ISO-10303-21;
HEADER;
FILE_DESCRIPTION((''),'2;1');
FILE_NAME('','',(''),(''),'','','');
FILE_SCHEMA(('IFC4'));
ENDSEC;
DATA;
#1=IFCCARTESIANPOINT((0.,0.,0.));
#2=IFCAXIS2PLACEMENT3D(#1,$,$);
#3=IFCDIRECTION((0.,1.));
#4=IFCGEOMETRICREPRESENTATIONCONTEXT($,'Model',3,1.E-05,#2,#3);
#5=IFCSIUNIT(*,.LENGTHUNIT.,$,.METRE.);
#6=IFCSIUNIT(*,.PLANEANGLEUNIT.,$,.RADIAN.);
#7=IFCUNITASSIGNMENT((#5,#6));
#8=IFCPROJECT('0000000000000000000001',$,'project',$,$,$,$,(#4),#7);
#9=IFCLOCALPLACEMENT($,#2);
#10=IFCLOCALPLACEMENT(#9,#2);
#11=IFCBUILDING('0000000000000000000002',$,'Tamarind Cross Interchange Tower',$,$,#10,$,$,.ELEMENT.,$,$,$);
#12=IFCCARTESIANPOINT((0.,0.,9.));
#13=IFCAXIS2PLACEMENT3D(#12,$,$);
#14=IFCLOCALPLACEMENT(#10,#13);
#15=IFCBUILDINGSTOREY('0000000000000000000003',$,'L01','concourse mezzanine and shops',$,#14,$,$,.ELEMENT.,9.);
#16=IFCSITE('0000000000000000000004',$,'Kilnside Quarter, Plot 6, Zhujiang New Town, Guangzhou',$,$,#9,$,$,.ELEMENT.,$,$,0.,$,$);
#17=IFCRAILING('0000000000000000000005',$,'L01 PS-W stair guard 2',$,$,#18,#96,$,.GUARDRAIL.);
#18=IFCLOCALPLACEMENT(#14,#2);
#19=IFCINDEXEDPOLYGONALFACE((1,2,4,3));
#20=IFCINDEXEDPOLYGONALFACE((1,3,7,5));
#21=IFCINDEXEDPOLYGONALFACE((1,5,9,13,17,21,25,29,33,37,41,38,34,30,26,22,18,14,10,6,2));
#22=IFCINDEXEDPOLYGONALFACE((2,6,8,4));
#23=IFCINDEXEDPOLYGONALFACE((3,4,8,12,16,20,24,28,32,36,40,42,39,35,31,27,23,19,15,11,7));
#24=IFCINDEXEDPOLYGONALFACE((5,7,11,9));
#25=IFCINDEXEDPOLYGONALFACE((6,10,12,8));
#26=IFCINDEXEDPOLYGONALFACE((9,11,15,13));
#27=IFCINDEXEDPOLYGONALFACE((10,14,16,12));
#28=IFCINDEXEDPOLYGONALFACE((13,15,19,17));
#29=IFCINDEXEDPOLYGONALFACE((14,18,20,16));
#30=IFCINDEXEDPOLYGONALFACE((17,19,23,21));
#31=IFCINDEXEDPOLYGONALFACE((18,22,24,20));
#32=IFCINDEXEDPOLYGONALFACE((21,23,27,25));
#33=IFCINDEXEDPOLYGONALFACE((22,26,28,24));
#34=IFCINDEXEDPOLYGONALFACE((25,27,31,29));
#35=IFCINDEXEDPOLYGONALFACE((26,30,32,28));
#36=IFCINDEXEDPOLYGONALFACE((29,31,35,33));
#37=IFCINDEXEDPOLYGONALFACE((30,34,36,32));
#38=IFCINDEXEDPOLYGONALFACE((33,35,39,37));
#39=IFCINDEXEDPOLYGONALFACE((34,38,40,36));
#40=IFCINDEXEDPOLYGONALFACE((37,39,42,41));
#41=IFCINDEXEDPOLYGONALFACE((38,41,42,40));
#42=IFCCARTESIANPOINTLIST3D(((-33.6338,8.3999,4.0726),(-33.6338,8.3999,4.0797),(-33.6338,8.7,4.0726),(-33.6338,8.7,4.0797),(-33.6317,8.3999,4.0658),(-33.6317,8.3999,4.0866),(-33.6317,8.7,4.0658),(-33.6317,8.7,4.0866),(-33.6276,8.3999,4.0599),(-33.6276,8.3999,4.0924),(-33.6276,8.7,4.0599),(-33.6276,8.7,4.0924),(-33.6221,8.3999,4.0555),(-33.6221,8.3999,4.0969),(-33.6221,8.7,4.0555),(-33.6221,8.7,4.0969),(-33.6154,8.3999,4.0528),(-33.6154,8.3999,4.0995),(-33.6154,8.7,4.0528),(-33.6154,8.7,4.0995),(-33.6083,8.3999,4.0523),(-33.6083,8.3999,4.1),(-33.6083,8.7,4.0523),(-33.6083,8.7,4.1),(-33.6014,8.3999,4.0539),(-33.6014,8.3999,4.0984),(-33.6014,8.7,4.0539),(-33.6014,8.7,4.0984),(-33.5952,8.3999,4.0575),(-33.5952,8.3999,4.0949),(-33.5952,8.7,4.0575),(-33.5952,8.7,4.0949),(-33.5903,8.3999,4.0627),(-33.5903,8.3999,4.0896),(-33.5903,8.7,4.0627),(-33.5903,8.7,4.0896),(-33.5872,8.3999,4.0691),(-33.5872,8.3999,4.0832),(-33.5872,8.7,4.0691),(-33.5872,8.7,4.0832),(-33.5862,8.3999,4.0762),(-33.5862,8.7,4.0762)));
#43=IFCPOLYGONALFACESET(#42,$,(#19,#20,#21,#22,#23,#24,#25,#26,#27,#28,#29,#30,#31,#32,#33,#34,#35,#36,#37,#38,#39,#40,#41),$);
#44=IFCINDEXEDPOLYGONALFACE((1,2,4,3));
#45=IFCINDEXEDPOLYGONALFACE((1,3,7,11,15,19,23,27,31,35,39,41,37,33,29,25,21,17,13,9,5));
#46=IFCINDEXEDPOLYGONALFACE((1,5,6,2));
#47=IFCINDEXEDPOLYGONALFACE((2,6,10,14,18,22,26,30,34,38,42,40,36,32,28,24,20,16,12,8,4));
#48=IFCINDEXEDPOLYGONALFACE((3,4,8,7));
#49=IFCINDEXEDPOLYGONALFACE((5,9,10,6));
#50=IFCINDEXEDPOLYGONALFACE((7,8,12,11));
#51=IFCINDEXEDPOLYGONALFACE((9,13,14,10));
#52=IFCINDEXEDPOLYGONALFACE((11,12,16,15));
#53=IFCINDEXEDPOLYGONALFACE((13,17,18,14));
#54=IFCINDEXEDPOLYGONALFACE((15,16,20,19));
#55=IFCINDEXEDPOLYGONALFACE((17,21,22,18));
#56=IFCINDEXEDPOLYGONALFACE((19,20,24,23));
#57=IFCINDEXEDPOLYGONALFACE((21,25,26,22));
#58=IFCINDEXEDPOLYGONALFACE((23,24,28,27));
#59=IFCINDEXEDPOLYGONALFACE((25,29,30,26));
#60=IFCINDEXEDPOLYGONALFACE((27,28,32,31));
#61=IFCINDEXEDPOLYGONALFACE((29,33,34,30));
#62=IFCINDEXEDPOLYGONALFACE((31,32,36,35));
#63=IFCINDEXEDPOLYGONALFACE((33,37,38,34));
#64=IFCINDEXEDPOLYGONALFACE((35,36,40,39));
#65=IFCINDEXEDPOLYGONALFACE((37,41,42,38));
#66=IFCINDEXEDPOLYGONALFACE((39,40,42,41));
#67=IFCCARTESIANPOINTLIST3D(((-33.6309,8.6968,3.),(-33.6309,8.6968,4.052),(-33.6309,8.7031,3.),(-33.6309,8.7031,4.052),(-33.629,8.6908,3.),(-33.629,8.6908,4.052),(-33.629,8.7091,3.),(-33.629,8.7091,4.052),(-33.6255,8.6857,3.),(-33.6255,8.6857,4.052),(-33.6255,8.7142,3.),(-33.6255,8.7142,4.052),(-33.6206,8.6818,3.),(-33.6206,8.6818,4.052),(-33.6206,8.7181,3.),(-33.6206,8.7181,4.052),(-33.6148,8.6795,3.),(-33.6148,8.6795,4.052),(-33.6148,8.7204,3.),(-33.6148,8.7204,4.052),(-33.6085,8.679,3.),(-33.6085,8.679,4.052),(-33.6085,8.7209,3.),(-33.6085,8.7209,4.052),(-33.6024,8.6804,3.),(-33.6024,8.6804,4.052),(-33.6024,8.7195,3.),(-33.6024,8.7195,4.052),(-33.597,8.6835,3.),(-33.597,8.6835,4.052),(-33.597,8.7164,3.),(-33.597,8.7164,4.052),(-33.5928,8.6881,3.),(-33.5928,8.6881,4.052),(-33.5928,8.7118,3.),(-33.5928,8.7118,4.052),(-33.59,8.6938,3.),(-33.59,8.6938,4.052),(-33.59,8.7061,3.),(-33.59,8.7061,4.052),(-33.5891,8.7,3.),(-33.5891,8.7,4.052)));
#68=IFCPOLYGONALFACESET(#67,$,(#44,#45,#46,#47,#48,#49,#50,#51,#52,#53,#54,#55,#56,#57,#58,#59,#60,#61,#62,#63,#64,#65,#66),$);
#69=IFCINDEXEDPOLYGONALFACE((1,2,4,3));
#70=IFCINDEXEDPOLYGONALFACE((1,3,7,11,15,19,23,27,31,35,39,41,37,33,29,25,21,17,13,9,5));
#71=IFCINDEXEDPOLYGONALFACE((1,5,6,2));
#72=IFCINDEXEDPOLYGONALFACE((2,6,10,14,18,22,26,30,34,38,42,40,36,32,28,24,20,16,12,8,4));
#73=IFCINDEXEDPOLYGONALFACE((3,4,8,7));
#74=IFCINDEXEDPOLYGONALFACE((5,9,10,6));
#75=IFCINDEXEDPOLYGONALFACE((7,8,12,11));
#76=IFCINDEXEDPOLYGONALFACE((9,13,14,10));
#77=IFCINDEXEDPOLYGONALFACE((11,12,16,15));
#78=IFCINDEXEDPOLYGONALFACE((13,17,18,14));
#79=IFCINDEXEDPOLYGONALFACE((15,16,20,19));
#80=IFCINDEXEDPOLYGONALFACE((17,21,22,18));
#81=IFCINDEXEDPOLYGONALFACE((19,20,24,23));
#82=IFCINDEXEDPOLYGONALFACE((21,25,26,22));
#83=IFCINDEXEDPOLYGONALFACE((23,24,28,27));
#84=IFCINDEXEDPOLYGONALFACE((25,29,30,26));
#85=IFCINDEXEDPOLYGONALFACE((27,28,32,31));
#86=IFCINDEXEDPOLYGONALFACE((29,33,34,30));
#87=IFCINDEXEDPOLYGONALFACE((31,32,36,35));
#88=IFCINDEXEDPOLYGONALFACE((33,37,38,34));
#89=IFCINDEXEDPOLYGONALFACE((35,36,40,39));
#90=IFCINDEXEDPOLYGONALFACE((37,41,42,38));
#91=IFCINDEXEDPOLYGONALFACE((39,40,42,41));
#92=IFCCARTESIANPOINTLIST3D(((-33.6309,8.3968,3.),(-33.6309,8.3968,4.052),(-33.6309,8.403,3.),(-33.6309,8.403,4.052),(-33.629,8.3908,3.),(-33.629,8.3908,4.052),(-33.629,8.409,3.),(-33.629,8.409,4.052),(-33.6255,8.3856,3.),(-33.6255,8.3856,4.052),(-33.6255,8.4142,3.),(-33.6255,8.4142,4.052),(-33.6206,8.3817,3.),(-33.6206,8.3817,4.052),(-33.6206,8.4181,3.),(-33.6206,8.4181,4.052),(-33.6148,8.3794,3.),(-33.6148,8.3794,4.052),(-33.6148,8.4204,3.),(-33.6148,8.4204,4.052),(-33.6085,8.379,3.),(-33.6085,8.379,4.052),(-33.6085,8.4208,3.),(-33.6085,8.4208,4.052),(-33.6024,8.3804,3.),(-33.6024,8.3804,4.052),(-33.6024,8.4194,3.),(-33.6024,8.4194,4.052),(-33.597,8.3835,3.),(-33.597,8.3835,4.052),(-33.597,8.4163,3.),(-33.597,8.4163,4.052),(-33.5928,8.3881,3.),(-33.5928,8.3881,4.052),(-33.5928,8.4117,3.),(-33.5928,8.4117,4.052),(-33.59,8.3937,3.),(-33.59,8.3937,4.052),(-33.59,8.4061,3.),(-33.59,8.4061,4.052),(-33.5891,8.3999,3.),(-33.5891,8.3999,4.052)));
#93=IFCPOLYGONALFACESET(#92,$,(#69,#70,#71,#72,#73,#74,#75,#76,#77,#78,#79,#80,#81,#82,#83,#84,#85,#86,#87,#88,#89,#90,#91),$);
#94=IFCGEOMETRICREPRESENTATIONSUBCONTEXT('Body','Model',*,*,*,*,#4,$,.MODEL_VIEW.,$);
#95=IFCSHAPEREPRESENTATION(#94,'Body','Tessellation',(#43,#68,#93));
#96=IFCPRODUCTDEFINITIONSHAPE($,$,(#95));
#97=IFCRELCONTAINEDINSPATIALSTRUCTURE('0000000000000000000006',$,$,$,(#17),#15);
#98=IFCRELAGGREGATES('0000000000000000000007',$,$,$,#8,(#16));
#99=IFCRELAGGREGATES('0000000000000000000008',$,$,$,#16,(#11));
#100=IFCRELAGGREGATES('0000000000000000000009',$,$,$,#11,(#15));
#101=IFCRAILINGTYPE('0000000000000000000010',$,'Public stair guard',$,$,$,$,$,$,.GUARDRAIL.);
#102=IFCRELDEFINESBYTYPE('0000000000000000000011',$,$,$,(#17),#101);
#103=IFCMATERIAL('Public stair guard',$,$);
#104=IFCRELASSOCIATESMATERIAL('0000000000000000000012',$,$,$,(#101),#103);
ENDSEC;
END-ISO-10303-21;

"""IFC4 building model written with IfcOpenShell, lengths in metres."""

from ifc_helpers import new_model, si_unit, direction, frame, origin, origin_2d, place, context, subcontext, project, spatial, circle, extrude, material, type_object, element, save


model = new_model("IFC4")

# Units and contexts
model_context = context("Model", 3, precision=1e-05, world=origin(), true_north=direction((0.0, 1.0)))
body_context = subcontext(model_context, "Body", "Model", "MODEL_VIEW")
ifc_project = project(units=[si_unit("LENGTHUNIT", "METRE"), si_unit("PLANEANGLEUNIT", "RADIAN")], contexts=[model_context])

# Site, building, storey
site_placement = place(None, origin())
site = spatial("IfcSite", under=ifc_project, at=site_placement, Name="Kilnside Quarter, Plot 6, Zhujiang New Town, Guangzhou", CompositionType="ELEMENT", RefElevation=0.0)
building_placement = place(site_placement, origin())
building = spatial("IfcBuilding", under=site, at=building_placement, Name="Tamarind Cross Interchange Tower", CompositionType="ELEMENT")
storey_placement = place(building_placement, frame((0.0, 0.0, 9.0)))
storey = spatial("IfcBuildingStorey", under=building, at=storey_placement, Name="L01", Description="concourse mezzanine and shops", CompositionType="ELEMENT", Elevation=9.0)

# Railing
ifc_material_1 = material(Name="Public stair guard")
railing_type_1 = type_object("IfcRailingType", Name="Public stair guard", PredefinedType="GUARDRAIL", material=ifc_material_1)
railing_1_placement = place(storey_placement, frame((-33.6101, 8.7, 3.0)))
element("IfcRailing", 1, at=railing_1_placement, inside=storey, type_object=railing_type_1, Name="L01 PS-W stair guard 2", PredefinedType="GUARDRAIL", context=body_context, shape_type="SweptSolid", body=[
    extrude(circle(Radius=0.0239, at=origin_2d()), frame((0.0, 0.0, 1.0762), z_axis=(0.0, -1.0, 0.0), x_axis=(1.0, 0.0, 0.0)), (0.0, 0.0, 1.0), 0.3),
    extrude(circle(Radius=0.021, at=origin_2d()), origin(), (0.0, 0.0, 1.0), 1.052),
    extrude(circle(Radius=0.021, at=origin_2d()), frame((0.0, -0.3, 0.0)), (0.0, 0.0, 1.0), 1.052),
])

save(model, "model.ifc")
